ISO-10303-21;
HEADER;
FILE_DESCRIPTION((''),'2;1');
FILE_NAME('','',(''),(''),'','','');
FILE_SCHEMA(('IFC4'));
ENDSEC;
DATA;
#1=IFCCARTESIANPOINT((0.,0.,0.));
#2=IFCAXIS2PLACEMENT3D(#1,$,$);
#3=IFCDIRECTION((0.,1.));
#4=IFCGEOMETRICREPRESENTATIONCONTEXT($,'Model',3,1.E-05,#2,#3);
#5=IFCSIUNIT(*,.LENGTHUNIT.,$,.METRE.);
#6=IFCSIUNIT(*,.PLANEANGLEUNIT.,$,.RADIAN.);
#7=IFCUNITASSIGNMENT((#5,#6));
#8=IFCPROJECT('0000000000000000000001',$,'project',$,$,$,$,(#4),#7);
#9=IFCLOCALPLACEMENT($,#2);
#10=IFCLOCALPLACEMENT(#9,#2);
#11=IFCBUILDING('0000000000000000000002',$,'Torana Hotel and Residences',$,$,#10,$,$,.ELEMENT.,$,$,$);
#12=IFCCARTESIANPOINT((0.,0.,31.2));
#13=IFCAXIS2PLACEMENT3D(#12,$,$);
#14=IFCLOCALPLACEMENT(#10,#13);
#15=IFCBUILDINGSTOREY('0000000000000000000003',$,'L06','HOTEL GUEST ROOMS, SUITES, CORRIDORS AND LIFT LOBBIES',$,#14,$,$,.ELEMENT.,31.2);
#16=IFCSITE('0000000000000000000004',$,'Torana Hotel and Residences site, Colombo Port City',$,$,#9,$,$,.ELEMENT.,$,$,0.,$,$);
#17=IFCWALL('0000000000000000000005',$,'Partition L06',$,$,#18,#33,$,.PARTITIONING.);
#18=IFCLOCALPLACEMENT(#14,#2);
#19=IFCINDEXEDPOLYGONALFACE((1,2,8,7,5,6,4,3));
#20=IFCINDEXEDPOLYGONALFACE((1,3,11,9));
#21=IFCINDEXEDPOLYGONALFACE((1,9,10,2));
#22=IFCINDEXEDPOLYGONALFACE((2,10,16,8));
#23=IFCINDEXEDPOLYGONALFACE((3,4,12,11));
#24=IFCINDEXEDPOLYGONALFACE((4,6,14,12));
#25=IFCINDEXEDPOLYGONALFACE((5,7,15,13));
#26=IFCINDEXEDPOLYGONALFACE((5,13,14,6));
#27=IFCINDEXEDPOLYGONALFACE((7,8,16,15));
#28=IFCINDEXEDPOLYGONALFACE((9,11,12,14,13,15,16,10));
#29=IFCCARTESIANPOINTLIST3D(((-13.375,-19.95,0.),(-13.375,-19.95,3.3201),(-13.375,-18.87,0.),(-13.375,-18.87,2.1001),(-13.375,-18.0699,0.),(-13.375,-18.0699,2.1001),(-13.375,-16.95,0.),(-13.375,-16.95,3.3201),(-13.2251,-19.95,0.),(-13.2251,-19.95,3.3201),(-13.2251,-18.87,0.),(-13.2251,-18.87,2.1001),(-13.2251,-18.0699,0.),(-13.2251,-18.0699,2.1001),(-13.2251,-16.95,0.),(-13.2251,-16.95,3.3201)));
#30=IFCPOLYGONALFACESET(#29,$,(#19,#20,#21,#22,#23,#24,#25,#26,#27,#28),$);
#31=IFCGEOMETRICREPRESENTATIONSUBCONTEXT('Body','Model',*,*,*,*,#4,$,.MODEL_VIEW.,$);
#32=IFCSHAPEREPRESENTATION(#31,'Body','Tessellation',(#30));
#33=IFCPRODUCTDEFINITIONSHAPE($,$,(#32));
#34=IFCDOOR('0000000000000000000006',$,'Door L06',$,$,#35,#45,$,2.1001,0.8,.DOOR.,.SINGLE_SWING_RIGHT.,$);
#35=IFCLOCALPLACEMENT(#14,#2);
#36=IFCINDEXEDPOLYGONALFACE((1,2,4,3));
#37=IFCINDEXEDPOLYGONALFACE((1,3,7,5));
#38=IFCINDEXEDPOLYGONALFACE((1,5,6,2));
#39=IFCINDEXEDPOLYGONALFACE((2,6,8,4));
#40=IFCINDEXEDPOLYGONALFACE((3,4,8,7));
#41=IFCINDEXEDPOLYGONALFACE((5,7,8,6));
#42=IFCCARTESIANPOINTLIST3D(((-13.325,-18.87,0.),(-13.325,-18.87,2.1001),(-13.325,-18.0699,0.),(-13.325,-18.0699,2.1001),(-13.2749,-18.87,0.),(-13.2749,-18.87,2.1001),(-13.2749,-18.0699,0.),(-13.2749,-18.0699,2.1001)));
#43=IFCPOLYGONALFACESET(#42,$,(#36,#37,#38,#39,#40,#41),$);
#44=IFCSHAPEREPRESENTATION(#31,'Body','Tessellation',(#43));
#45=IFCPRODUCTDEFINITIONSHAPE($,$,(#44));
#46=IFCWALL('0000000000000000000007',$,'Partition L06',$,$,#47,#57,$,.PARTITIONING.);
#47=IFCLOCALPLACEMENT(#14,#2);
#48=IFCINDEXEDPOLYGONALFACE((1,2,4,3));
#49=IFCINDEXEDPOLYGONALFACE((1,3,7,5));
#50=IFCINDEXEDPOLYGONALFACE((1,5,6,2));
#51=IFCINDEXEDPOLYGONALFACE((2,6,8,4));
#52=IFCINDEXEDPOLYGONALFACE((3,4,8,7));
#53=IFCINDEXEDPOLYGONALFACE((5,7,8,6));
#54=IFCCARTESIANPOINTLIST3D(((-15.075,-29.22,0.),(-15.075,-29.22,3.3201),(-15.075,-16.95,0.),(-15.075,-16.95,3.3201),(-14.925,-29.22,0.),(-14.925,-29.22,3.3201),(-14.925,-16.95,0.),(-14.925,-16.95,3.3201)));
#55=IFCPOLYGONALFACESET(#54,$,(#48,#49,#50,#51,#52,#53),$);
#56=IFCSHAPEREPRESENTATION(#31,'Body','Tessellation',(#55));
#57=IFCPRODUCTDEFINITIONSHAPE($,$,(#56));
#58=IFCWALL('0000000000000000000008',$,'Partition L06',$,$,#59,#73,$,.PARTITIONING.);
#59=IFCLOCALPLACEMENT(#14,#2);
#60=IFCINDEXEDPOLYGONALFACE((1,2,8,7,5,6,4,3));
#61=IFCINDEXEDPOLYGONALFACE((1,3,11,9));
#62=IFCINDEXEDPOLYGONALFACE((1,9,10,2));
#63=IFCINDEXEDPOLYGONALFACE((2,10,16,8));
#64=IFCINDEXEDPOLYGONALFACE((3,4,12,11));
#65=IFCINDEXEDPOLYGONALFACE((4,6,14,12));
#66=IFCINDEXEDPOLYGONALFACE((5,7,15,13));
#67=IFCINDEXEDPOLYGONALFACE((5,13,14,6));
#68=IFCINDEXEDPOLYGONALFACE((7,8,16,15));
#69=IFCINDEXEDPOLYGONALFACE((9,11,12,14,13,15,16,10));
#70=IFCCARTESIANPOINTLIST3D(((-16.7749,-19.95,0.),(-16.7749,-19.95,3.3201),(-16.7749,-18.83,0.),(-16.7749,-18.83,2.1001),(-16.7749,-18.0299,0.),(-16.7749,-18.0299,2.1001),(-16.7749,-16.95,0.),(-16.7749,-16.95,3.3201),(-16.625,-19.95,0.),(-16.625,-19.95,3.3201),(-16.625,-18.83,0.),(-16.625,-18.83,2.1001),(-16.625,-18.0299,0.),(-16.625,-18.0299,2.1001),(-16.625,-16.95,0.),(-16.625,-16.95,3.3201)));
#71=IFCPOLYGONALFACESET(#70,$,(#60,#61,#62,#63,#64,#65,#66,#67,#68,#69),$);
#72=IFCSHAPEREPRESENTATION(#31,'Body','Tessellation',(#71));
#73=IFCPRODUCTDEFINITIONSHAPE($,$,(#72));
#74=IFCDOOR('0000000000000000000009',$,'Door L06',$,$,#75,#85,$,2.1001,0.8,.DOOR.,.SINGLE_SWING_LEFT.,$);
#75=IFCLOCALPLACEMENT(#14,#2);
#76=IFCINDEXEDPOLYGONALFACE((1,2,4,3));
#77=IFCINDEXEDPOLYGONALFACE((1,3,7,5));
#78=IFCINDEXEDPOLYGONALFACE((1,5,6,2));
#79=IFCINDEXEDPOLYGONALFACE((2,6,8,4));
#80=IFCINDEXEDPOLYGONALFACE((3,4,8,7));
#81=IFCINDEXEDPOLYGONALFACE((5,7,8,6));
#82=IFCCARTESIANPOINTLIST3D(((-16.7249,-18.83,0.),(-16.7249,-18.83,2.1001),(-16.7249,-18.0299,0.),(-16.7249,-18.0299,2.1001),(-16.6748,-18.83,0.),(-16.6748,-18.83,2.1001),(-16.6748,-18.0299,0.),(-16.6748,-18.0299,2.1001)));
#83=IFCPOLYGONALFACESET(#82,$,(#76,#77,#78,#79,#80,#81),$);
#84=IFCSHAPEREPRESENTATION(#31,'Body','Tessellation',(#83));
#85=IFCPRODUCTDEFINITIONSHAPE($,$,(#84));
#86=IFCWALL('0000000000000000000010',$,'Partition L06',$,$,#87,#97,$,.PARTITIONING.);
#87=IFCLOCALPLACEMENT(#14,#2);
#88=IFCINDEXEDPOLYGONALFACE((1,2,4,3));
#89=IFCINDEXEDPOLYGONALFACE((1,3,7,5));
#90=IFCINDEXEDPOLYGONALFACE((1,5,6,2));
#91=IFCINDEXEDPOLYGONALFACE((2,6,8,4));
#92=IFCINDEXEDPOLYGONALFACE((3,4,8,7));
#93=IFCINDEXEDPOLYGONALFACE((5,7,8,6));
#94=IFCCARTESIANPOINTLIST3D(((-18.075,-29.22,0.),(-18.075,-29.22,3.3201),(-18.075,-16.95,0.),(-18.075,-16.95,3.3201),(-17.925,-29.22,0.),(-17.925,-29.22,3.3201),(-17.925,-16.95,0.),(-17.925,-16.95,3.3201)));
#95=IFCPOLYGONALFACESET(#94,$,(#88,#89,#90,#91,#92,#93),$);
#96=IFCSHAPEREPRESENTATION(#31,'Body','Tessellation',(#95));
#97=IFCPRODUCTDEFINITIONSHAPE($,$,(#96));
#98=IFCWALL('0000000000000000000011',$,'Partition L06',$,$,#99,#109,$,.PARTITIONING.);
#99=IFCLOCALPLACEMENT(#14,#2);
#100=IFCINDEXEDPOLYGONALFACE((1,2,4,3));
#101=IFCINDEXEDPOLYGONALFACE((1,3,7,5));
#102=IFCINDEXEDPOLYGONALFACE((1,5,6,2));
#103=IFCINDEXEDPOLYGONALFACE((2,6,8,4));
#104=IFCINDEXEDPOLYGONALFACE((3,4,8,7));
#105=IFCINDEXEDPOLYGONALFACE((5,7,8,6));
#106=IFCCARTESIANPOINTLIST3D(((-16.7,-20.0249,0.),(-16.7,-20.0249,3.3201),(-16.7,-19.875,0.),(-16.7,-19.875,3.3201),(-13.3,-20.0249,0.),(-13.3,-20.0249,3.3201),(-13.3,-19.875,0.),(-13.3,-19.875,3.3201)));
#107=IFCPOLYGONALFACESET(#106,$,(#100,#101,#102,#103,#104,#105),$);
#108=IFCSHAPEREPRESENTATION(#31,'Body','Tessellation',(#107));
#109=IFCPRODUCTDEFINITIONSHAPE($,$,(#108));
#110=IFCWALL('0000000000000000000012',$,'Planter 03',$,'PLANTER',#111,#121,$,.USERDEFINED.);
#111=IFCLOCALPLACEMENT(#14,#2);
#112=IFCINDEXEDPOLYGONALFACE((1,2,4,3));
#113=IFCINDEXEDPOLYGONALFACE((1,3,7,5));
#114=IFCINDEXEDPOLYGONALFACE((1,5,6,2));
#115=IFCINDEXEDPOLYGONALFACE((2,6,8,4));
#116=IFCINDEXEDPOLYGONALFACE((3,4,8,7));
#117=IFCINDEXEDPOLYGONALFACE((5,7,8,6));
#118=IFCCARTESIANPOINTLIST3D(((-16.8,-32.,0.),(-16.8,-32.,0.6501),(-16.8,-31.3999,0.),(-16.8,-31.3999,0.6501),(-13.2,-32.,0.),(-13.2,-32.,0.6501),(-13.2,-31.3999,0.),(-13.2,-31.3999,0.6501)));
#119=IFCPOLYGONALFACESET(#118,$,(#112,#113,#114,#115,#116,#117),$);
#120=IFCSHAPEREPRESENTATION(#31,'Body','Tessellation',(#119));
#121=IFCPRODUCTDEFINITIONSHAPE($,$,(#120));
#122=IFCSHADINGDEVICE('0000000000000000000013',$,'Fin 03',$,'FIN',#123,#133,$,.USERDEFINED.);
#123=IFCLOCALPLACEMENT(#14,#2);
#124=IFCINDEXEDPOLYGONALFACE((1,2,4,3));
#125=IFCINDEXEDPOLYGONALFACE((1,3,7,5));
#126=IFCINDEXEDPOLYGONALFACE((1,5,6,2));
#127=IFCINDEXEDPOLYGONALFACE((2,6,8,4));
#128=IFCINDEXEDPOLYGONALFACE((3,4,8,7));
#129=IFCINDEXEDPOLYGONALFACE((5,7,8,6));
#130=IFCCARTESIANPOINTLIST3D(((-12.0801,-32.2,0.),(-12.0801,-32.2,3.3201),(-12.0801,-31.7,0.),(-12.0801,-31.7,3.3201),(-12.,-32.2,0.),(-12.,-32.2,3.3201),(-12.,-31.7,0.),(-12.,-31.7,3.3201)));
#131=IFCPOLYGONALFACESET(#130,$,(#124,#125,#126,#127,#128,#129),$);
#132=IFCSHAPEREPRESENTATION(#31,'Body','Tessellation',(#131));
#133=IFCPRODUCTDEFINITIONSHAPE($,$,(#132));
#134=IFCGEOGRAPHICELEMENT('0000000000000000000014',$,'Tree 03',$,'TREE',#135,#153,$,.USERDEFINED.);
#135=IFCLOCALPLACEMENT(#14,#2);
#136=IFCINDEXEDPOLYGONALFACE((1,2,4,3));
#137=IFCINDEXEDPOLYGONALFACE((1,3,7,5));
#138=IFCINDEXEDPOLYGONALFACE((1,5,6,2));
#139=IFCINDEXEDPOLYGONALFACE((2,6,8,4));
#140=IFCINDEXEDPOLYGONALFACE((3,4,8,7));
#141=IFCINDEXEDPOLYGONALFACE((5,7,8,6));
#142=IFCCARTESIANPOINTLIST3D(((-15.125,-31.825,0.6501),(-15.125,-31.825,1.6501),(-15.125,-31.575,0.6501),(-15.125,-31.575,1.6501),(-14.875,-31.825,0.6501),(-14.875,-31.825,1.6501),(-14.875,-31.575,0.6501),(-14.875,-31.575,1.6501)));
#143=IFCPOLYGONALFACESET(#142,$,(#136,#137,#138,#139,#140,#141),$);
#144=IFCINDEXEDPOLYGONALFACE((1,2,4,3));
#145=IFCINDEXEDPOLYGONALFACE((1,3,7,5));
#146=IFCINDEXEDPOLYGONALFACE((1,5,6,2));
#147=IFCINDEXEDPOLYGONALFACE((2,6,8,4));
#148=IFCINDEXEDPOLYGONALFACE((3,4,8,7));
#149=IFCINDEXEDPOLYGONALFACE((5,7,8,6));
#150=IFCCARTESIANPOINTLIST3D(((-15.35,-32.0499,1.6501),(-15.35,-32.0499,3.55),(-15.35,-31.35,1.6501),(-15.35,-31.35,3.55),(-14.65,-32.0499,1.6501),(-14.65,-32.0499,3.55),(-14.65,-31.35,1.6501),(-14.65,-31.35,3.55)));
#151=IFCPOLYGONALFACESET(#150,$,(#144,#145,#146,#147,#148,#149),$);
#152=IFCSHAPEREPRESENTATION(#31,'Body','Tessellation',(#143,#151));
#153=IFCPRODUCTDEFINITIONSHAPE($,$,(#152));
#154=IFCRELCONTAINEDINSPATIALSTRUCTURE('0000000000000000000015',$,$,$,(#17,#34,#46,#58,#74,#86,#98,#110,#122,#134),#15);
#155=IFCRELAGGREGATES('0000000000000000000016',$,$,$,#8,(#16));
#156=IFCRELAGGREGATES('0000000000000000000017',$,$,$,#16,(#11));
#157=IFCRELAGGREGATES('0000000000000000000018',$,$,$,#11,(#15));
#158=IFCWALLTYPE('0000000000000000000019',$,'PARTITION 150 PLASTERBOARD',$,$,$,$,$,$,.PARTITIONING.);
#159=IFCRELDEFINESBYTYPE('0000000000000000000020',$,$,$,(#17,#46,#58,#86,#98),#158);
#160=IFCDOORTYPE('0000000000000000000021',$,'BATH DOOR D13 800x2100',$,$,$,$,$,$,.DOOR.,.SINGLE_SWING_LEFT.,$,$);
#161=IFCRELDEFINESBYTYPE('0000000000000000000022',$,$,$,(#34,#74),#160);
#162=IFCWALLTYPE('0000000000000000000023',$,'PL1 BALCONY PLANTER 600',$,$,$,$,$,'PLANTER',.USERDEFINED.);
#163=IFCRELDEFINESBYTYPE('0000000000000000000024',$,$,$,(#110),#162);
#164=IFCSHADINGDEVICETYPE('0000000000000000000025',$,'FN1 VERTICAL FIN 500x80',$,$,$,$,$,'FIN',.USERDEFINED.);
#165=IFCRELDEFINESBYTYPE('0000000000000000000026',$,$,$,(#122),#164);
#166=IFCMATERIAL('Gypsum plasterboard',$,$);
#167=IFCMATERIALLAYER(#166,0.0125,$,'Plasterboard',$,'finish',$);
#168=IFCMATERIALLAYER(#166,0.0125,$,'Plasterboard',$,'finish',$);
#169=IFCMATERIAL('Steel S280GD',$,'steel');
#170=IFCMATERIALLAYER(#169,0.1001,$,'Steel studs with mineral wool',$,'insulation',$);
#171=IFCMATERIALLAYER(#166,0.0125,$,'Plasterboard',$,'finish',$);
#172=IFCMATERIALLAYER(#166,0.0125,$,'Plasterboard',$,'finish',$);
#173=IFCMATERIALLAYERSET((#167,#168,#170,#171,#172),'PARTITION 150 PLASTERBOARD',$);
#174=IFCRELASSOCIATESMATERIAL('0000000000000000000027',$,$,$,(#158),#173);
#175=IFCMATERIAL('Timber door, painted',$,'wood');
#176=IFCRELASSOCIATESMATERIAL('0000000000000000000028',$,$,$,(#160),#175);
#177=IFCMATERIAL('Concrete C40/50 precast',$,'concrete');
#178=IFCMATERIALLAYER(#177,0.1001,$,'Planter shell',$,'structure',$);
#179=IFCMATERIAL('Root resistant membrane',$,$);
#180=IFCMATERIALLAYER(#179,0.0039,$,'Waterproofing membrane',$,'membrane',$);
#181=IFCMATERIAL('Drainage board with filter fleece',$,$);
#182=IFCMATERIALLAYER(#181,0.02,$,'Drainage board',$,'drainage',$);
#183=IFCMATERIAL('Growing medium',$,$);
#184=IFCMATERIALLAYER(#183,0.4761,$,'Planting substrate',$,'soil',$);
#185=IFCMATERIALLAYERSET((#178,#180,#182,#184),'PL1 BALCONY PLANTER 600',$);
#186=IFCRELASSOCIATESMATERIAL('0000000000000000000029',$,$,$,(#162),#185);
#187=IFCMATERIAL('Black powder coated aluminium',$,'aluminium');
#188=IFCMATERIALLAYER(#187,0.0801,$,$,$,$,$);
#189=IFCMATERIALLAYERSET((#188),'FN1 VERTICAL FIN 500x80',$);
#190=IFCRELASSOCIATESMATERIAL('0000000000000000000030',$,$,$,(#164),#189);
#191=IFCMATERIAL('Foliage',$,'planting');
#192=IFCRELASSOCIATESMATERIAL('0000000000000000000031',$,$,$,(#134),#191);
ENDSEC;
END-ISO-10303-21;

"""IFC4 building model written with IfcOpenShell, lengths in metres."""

from ifc_helpers import new_model, si_unit, direction, frame, frame_2d, origin, origin_2d, place, context, subcontext, project, spatial, rectangle, extrude, material, layer, layer_set, type_object, element, fill, save


model = new_model("IFC4")

# Units and contexts
model_context = context("Model", 3, precision=1e-05, world=origin(), true_north=direction((0.0, 1.0)))
body_context = subcontext(model_context, "Body", "Model", "MODEL_VIEW")
ifc_project = project(units=[si_unit("LENGTHUNIT", "METRE"), si_unit("PLANEANGLEUNIT", "RADIAN")], contexts=[model_context])

# Site, building, storey
site_placement = place(None, origin())
site = spatial("IfcSite", under=ifc_project, at=site_placement, Name="Torana Hotel and Residences site, Colombo Port City", CompositionType="ELEMENT", RefElevation=0.0)
building_placement = place(site_placement, origin())
building = spatial("IfcBuilding", under=site, at=building_placement, Name="Torana Hotel and Residences", CompositionType="ELEMENT")
storey_placement = place(building_placement, frame((0.0, 0.0, 31.2)))
storey = spatial("IfcBuildingStorey", under=building, at=storey_placement, Name="L06", Description="HOTEL GUEST ROOMS, SUITES, CORRIDORS AND LIFT LOBBIES", CompositionType="ELEMENT", Elevation=31.2)

# Shared definitions
ifc_material_1 = material(Name="Gypsum plasterboard")
ifc_layer_1 = layer(ifc_material_1, 0.0125, Name="Plasterboard", Category="finish")
ifc_layer_2 = layer(ifc_material_1, 0.0125, Name="Plasterboard", Category="finish")
ifc_material_2 = material(Name="Steel S280GD", Category="steel")
ifc_layer_3 = layer(ifc_material_2, 0.1001, Name="Steel studs with mineral wool", Category="insulation")
ifc_layer_4 = layer(ifc_material_1, 0.0125, Name="Plasterboard", Category="finish")
ifc_layer_5 = layer(ifc_material_1, 0.0125, Name="Plasterboard", Category="finish")
ifc_layer_set_1 = layer_set([ifc_layer_1, ifc_layer_2, ifc_layer_3, ifc_layer_4, ifc_layer_5], Name="PARTITION 150 PLASTERBOARD")
wall_type_1 = type_object("IfcWallType", Name="PARTITION 150 PLASTERBOARD", PredefinedType="PARTITIONING", material=ifc_layer_set_1)

# Wall, opening, door
wall_1_placement = place(storey_placement, frame((-13.3, -19.95, 0.0), z_axis=(0.0, 0.0, 1.0), x_axis=(0.0, 1.0, 0.0)))
wall_1 = element("IfcWall", 1, at=wall_1_placement, inside=storey, type_object=wall_type_1, Name="Partition L06", PredefinedType="PARTITIONING", context=body_context, shape_type="SweptSolid", body=[
    extrude(rectangle(XDim=3.0, YDim=0.1499, at=frame_2d((1.5, 0.0))), origin(), (0.0, 0.0, 1.0), 3.3201),
])
opening_1_placement = place(wall_1_placement, frame((1.0801, 0.0, 0.0)))
opening_1 = element("IfcOpeningElement", 2, at=opening_1_placement, cuts=wall_1, PredefinedType="OPENING", context=body_context, shape_type="SweptSolid", body=[
    extrude(rectangle(XDim=0.8, YDim=2.1001, at=frame_2d((0.3999, 1.05))), frame((0.0, 0.085, 0.0), z_axis=(0.0, -1.0, 0.0), x_axis=(1.0, 0.0, 0.0)), (0.0, 0.0, 1.0), 0.1699),
])
ifc_material_3 = material(Name="Timber door, painted", Category="wood")
door_type_1 = type_object("IfcDoorType", Name="BATH DOOR D13 800x2100", OperationType="SINGLE_SWING_LEFT", PredefinedType="DOOR", material=ifc_material_3)
door_1_placement = place(opening_1_placement, origin())
door_1 = element("IfcDoor", 3, at=door_1_placement, inside=storey, type_object=door_type_1, Name="Door L06", OperationType="SINGLE_SWING_RIGHT", OverallHeight=2.1001, OverallWidth=0.8, PredefinedType="DOOR", context=body_context, shape_type="SweptSolid", body=[
    extrude(rectangle(XDim=0.8, YDim=2.1001, at=frame_2d((0.3999, 1.05))), frame((0.0, 0.0249, 0.0), z_axis=(0.0, -1.0, 0.0), x_axis=(1.0, 0.0, 0.0)), (0.0, 0.0, 1.0), 0.05),
])
fill(opening_1, door_1)

# Wall
wall_2_placement = place(storey_placement, frame((-15.0, -29.22, 0.0), z_axis=(0.0, 0.0, 1.0), x_axis=(0.0, 1.0, 0.0)))
element("IfcWall", 4, at=wall_2_placement, inside=storey, type_object=wall_type_1, Name="Partition L06", PredefinedType="PARTITIONING", context=body_context, shape_type="SweptSolid", body=[
    extrude(rectangle(XDim=12.27, YDim=0.1499, at=frame_2d((6.135, 0.0))), origin(), (0.0, 0.0, 1.0), 3.3201),
])

# Wall, opening, door
wall_3_placement = place(storey_placement, frame((-16.7, -19.95, 0.0), z_axis=(0.0, 0.0, 1.0), x_axis=(0.0, 1.0, 0.0)))
wall_3 = element("IfcWall", 5, at=wall_3_placement, inside=storey, type_object=wall_type_1, Name="Partition L06", PredefinedType="PARTITIONING", context=body_context, shape_type="SweptSolid", body=[
    extrude(rectangle(XDim=3.0, YDim=0.1499, at=frame_2d((1.5, 0.0))), origin(), (0.0, 0.0, 1.0), 3.3201),
])
opening_2_placement = place(wall_3_placement, frame((1.1201, 0.0, 0.0)))
opening_2 = element("IfcOpeningElement", 6, at=opening_2_placement, cuts=wall_3, PredefinedType="OPENING", context=body_context, shape_type="SweptSolid", body=[
    extrude(rectangle(XDim=0.8, YDim=2.1001, at=frame_2d((0.3999, 1.05))), frame((0.0, 0.085, 0.0), z_axis=(0.0, -1.0, 0.0), x_axis=(1.0, 0.0, 0.0)), (0.0, 0.0, 1.0), 0.1699),
])
door_2_placement = place(opening_2_placement, origin())
door_2 = element("IfcDoor", 7, at=door_2_placement, inside=storey, type_object=door_type_1, Name="Door L06", OperationType="SINGLE_SWING_LEFT", OverallHeight=2.1001, OverallWidth=0.8, PredefinedType="DOOR", context=body_context, shape_type="SweptSolid", body=[
    extrude(rectangle(XDim=0.8, YDim=2.1001, at=frame_2d((0.3999, 1.05))), frame((0.0, 0.0249, 0.0), z_axis=(0.0, -1.0, 0.0), x_axis=(1.0, 0.0, 0.0)), (0.0, 0.0, 1.0), 0.05),
])
fill(opening_2, door_2)

# Walls
wall_4_placement = place(storey_placement, frame((-18.0, -29.22, 0.0), z_axis=(0.0, 0.0, 1.0), x_axis=(0.0, 1.0, 0.0)))
element("IfcWall", 8, at=wall_4_placement, inside=storey, type_object=wall_type_1, Name="Partition L06", PredefinedType="PARTITIONING", context=body_context, shape_type="SweptSolid", body=[
    extrude(rectangle(XDim=12.27, YDim=0.1499, at=frame_2d((6.135, 0.0))), origin(), (0.0, 0.0, 1.0), 3.3201),
])
wall_5_placement = place(storey_placement, frame((-16.7, -19.95, 0.0), z_axis=(0.0, 0.0, 1.0), x_axis=(1.0, 0.0, 0.0)))
element("IfcWall", 9, at=wall_5_placement, inside=storey, type_object=wall_type_1, Name="Partition L06", PredefinedType="PARTITIONING", context=body_context, shape_type="SweptSolid", body=[
    extrude(rectangle(XDim=3.3999, YDim=0.1499, at=frame_2d((1.7, 0.0))), origin(), (0.0, 0.0, 1.0), 3.3201),
])
ifc_material_4 = material(Name="Concrete C40/50 precast", Category="concrete")
ifc_layer_6 = layer(ifc_material_4, 0.1001, Name="Planter shell", Category="structure")
ifc_material_5 = material(Name="Root resistant membrane")
ifc_layer_7 = layer(ifc_material_5, 0.0039, Name="Waterproofing membrane", Category="membrane")
ifc_material_6 = material(Name="Drainage board with filter fleece")
ifc_layer_8 = layer(ifc_material_6, 0.02, Name="Drainage board", Category="drainage")
ifc_material_7 = material(Name="Growing medium")
ifc_layer_9 = layer(ifc_material_7, 0.4761, Name="Planting substrate", Category="soil")
ifc_layer_set_2 = layer_set([ifc_layer_6, ifc_layer_7, ifc_layer_8, ifc_layer_9], Name="PL1 BALCONY PLANTER 600")
wall_type_2 = type_object("IfcWallType", Name="PL1 BALCONY PLANTER 600", ElementType="PLANTER", PredefinedType="USERDEFINED", material=ifc_layer_set_2)
wall_6_placement = place(storey_placement, frame((-13.2, -31.7, 0.0), z_axis=(0.0, 0.0, 1.0), x_axis=(-1.0, 0.0, 0.0)))
element("IfcWall", 10, at=wall_6_placement, inside=storey, type_object=wall_type_2, Name="Planter 03", ObjectType="PLANTER", PredefinedType="USERDEFINED", context=body_context, shape_type="SweptSolid", body=[
    extrude(rectangle(XDim=3.6001, YDim=0.6001, at=frame_2d((1.8, 0.0))), origin(), (0.0, 0.0, 1.0), 0.6501),
])

# Shading device
ifc_material_8 = material(Name="Black powder coated aluminium", Category="aluminium")
ifc_layer_10 = layer(ifc_material_8, 0.0801)
ifc_layer_set_3 = layer_set([ifc_layer_10], Name="FN1 VERTICAL FIN 500x80")
shading_device_type = type_object("IfcShadingDeviceType", Name="FN1 VERTICAL FIN 500x80", ElementType="FIN", PredefinedType="USERDEFINED", material=ifc_layer_set_3)
shading_device_placement = place(storey_placement, frame((-12.04, -31.95, 0.0), z_axis=(0.0, 0.0, 1.0), x_axis=(-1.0, 0.0, 0.0)))
element("IfcShadingDevice", 11, at=shading_device_placement, inside=storey, type_object=shading_device_type, Name="Fin 03", ObjectType="FIN", PredefinedType="USERDEFINED", context=body_context, shape_type="SweptSolid", body=[
    extrude(rectangle(XDim=0.0801, YDim=0.5, at=origin_2d()), origin(), (0.0, 0.0, 1.0), 3.3201),
])

# Geographic element
ifc_material_9 = material(Name="Foliage", Category="planting")
geographic_element_placement = place(storey_placement, frame((-15.0, -31.7, 0.6501), z_axis=(0.0, 0.0, 1.0), x_axis=(1.0, 0.0, 0.0)))
element("IfcGeographicElement", 12, at=geographic_element_placement, inside=storey, material=ifc_material_9, Name="Tree 03", ObjectType="TREE", PredefinedType="USERDEFINED", context=body_context, shape_type="SweptSolid", body=[
    extrude(rectangle(XDim=0.25, YDim=0.25, at=origin_2d()), origin(), (0.0, 0.0, 1.0), 1.0),
    extrude(rectangle(XDim=0.7, YDim=0.7, at=origin_2d()), frame((0.0, 0.0, 1.0)), (0.0, 0.0, 1.0), 1.8999),
])

save(model, "model.ifc")
